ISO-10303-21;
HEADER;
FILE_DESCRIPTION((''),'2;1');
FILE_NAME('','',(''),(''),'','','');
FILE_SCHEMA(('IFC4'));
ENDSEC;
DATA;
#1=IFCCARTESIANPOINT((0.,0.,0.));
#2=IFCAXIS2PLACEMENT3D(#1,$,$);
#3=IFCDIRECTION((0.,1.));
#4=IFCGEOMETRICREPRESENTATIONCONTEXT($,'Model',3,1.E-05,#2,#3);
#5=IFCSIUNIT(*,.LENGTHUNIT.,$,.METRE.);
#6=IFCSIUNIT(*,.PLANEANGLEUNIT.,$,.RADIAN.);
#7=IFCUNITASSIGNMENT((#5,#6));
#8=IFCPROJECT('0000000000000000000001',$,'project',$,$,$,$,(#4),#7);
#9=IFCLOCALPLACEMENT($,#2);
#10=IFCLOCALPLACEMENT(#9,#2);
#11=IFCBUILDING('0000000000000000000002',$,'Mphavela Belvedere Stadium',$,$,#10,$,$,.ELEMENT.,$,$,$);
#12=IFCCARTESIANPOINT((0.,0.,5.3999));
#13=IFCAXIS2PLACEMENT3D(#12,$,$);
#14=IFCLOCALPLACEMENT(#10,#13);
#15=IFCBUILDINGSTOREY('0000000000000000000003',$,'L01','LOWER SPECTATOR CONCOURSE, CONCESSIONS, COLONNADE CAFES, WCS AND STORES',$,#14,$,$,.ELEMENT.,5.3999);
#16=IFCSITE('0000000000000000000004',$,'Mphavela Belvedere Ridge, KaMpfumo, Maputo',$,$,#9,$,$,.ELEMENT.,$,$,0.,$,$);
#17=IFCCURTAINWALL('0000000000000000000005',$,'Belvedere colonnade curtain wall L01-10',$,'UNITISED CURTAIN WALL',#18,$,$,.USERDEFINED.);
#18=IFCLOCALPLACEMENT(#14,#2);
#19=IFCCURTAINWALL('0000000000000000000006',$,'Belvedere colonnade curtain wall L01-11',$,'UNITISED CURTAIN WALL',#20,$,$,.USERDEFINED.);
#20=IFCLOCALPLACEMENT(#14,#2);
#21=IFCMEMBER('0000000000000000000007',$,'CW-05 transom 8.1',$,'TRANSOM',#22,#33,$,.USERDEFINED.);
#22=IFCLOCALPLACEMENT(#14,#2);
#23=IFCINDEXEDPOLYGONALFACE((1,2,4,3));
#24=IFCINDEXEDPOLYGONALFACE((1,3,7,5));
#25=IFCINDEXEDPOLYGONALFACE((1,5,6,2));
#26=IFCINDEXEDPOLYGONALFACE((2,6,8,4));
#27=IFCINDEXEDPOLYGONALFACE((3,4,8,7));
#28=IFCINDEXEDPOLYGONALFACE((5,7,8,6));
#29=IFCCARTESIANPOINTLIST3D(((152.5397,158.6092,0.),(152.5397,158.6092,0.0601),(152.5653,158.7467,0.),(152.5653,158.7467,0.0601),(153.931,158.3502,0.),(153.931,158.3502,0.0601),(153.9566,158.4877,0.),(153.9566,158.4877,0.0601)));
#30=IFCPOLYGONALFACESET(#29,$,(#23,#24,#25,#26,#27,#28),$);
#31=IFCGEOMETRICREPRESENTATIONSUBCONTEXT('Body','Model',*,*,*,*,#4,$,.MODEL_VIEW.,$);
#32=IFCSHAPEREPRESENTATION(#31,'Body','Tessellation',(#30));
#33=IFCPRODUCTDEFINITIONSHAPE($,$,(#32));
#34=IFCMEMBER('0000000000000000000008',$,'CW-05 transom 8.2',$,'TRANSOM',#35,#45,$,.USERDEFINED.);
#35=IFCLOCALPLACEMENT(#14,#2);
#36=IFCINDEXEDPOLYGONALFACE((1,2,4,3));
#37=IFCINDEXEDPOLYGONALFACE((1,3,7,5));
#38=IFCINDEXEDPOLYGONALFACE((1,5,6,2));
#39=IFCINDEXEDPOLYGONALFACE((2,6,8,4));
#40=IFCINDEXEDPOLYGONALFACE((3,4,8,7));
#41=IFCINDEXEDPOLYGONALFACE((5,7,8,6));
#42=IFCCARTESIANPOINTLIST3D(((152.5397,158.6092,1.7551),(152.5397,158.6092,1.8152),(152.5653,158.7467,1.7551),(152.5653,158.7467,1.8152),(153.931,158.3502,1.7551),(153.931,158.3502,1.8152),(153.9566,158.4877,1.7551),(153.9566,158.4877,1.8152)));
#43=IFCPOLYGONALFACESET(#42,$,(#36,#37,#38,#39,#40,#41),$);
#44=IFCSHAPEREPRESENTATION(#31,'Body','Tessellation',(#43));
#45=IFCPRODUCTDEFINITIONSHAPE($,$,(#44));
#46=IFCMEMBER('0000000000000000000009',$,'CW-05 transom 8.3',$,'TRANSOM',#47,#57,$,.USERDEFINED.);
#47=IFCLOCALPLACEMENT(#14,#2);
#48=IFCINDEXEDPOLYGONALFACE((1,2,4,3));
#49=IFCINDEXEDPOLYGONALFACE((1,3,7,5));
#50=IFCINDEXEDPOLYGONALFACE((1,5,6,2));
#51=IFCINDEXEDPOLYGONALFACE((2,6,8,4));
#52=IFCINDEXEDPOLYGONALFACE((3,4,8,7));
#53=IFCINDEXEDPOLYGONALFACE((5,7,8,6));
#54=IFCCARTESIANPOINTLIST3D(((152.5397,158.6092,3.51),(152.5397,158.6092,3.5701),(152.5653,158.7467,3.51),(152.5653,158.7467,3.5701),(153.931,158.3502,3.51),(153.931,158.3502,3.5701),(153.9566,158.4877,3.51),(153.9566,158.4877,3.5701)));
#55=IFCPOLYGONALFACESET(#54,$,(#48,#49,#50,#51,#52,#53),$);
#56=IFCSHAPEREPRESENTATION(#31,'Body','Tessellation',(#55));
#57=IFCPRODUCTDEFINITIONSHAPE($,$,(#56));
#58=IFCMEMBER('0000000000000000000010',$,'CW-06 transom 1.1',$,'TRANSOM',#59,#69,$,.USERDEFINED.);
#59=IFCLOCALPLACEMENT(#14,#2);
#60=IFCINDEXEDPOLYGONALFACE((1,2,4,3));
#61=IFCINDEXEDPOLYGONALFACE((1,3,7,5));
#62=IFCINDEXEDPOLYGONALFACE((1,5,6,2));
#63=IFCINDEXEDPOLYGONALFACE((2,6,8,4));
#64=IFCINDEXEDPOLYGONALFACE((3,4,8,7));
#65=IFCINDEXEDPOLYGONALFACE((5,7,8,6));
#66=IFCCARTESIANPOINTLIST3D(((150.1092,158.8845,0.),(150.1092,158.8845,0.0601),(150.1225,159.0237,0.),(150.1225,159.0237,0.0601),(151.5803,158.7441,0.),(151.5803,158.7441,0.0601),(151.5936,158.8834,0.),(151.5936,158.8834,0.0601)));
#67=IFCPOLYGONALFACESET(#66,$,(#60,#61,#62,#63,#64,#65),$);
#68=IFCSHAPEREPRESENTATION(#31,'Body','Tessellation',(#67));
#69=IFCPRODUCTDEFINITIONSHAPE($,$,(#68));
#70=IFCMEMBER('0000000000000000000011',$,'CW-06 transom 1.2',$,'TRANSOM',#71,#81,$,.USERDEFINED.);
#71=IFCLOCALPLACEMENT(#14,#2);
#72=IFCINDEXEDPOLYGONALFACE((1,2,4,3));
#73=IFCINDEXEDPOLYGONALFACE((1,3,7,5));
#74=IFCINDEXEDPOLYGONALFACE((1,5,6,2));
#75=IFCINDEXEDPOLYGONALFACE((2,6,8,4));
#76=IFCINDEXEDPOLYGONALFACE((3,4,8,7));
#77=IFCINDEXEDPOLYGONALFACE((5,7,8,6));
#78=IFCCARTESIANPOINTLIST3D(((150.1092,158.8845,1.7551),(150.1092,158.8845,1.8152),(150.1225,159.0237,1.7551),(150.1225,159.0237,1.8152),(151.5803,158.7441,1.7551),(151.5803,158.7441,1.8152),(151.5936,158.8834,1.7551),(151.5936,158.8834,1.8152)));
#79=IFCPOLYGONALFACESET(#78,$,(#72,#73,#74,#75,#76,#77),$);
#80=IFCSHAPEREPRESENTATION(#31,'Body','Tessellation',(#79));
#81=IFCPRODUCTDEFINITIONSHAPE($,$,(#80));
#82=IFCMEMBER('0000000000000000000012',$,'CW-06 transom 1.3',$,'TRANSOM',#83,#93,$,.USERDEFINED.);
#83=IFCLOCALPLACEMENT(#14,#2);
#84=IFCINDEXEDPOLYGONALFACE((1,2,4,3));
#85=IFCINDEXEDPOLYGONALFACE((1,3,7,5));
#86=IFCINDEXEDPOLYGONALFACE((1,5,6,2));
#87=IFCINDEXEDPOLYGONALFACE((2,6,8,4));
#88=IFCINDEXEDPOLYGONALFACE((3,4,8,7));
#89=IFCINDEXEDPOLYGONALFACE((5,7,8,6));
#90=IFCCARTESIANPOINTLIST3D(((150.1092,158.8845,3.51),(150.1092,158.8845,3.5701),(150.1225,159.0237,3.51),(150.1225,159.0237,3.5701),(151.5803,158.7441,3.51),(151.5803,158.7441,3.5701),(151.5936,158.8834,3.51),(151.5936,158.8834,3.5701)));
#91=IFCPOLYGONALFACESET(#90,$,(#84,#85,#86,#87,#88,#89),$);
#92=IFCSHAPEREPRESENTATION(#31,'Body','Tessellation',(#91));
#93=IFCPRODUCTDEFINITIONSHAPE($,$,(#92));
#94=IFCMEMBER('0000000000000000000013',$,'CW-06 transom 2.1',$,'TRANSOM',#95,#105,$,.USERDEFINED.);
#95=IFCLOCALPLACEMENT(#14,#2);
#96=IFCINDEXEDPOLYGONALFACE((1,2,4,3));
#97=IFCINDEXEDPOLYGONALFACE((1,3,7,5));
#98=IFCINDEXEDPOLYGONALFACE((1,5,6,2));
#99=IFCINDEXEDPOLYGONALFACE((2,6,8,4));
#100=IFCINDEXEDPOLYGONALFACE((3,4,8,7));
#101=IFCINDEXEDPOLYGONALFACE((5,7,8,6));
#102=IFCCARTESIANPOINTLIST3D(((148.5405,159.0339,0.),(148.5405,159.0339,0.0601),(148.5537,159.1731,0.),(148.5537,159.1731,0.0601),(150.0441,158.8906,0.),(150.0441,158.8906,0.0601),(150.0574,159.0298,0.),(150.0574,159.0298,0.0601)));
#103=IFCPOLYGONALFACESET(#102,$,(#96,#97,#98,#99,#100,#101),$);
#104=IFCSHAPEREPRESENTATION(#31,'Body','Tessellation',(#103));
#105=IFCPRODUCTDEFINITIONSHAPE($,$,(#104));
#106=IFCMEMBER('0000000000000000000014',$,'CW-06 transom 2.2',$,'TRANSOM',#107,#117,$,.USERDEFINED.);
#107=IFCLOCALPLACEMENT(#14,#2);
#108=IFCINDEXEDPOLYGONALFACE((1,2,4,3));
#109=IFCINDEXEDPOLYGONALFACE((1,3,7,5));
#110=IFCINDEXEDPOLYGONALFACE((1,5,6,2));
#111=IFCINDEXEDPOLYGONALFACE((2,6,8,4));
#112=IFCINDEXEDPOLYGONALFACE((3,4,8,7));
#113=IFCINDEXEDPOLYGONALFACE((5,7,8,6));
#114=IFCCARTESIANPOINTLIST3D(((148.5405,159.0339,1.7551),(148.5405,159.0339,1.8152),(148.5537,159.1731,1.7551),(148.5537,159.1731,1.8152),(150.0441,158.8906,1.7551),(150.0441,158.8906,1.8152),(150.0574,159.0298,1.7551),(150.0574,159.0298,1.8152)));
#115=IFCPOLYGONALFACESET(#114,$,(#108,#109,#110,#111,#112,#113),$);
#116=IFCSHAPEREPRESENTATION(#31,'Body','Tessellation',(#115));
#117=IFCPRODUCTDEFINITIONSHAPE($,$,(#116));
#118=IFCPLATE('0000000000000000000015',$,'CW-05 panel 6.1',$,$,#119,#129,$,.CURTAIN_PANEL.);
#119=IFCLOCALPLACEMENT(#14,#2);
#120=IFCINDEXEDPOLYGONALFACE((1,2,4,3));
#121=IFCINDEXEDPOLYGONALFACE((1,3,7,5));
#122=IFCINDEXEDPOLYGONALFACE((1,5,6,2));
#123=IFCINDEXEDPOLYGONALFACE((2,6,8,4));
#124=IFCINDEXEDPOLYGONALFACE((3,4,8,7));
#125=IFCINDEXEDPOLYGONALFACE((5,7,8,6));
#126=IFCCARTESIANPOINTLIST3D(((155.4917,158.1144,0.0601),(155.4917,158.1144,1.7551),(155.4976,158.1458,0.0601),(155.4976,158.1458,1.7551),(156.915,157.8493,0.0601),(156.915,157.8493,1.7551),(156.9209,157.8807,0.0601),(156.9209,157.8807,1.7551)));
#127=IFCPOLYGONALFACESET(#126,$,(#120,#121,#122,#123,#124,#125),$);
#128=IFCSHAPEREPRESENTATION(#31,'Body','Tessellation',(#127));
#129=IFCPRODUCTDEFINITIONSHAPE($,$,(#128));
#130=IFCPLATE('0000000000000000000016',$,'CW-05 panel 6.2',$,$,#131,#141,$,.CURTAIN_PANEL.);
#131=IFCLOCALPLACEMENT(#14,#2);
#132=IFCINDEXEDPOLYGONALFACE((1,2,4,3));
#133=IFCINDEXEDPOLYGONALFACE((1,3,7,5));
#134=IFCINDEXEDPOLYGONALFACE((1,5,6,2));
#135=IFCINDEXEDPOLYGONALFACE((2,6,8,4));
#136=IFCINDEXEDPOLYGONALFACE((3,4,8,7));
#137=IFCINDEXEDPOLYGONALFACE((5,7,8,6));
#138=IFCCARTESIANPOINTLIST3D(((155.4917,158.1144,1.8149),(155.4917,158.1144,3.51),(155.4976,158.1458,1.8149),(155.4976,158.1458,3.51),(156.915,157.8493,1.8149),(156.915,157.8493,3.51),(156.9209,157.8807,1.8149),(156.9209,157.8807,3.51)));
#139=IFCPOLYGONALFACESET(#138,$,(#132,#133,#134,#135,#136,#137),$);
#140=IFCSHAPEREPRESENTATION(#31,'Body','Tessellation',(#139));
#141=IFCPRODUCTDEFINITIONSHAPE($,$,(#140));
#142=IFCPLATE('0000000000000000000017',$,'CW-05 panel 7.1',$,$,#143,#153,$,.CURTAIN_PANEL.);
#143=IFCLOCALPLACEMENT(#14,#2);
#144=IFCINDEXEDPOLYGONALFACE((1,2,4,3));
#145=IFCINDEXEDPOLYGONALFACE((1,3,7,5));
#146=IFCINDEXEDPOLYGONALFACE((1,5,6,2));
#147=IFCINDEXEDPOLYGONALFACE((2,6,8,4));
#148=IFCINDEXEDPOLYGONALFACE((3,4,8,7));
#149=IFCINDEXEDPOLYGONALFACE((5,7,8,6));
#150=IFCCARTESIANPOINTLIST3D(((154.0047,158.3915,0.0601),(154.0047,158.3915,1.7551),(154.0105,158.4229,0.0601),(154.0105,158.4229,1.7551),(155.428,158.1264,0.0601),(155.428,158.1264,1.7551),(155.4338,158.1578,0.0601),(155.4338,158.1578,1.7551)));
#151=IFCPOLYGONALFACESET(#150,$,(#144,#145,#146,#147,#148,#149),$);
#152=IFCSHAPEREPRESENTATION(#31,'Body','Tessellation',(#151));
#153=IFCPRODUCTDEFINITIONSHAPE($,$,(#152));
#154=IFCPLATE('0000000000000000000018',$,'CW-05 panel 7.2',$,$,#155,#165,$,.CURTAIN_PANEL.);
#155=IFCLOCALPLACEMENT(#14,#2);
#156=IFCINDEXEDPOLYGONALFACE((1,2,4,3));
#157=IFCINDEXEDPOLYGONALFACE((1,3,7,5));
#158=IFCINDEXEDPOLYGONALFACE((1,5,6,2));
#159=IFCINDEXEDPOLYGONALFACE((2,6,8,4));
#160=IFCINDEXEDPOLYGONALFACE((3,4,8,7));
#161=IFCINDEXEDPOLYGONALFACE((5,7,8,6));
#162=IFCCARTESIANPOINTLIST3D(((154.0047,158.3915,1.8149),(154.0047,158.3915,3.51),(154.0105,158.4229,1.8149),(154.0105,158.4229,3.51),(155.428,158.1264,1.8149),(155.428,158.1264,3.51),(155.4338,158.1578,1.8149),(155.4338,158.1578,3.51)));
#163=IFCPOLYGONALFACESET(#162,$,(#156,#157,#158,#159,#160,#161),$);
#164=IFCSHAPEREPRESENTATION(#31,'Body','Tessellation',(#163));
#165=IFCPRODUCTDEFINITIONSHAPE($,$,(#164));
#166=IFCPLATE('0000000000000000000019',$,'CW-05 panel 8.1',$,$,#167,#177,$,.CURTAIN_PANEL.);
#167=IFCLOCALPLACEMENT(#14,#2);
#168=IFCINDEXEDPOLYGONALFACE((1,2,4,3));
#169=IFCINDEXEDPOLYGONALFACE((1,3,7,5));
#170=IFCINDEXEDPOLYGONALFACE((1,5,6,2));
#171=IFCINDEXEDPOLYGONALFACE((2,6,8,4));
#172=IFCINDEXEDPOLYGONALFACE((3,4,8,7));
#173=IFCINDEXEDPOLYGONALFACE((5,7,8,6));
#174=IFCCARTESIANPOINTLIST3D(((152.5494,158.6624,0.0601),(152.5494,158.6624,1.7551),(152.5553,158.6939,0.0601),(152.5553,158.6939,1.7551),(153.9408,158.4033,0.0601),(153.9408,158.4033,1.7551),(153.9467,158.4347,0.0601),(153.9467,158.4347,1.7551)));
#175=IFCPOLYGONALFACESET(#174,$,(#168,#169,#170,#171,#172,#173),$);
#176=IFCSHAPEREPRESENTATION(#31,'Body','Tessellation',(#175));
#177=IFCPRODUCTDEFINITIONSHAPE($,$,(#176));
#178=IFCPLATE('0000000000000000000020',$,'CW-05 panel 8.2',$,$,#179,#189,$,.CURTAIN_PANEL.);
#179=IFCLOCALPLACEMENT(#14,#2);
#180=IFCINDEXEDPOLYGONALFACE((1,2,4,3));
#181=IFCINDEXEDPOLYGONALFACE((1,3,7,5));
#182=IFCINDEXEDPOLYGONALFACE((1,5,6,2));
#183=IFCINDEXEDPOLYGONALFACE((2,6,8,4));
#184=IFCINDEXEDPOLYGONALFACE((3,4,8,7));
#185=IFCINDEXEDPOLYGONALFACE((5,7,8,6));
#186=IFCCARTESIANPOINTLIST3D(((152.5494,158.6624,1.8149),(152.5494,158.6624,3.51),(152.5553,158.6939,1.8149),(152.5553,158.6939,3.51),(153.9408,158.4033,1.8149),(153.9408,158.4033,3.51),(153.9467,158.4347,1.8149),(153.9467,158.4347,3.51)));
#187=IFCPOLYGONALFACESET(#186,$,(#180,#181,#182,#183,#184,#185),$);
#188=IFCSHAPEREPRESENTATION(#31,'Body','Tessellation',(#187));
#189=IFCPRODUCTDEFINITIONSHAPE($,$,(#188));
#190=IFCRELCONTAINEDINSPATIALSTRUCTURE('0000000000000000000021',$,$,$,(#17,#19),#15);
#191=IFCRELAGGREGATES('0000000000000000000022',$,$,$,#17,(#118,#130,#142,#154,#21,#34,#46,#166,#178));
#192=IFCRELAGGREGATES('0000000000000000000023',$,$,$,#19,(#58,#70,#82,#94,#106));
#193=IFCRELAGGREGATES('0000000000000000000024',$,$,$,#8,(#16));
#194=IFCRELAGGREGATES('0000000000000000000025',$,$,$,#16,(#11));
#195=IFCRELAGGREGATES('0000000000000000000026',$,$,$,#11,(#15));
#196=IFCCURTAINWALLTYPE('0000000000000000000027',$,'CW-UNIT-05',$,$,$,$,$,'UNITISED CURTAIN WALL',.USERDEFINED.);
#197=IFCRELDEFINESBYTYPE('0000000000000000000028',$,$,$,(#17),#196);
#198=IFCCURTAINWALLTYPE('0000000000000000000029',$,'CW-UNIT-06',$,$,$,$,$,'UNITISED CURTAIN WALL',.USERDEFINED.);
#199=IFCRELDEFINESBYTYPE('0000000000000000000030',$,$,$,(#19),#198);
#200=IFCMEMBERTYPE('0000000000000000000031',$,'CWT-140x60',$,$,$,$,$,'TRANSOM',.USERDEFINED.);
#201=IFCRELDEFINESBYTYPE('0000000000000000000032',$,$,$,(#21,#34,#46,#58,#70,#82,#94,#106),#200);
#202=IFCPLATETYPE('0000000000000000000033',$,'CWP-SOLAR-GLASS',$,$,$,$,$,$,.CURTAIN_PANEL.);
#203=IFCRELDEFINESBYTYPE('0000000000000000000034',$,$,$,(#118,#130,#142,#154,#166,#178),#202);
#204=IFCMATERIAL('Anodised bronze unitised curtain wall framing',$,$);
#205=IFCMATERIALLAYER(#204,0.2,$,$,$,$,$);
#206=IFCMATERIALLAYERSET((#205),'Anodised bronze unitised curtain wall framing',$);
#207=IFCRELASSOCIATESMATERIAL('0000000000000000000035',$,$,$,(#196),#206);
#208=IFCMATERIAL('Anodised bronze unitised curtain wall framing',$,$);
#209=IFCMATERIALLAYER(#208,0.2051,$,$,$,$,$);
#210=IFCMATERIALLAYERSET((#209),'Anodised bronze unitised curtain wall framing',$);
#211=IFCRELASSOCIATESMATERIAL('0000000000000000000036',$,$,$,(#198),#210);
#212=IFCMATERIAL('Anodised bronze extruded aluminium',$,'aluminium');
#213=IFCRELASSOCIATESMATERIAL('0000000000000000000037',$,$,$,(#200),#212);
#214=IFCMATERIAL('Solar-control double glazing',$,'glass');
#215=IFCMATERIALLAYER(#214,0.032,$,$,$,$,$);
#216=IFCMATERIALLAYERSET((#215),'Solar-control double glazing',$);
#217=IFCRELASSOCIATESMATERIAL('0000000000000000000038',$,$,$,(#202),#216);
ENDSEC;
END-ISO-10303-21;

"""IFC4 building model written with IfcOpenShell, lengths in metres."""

from ifc_helpers import new_model, si_unit, direction, frame, origin, origin_2d, place, context, subcontext, project, spatial, rectangle, extrude, material, layer, layer_set, material_profile, profile_set, type_object, element, aggregate, save


model = new_model("IFC4")

# Units and contexts
model_context = context("Model", 3, precision=1e-05, world=origin(), true_north=direction((0.0, 1.0)))
body_context = subcontext(model_context, "Body", "Model", "MODEL_VIEW")
ifc_project = project(units=[si_unit("LENGTHUNIT", "METRE"), si_unit("PLANEANGLEUNIT", "RADIAN")], contexts=[model_context])

# Site, building, storey
site_placement = place(None, origin())
site = spatial("IfcSite", under=ifc_project, at=site_placement, Name="Mphavela Belvedere Ridge, KaMpfumo, Maputo", CompositionType="ELEMENT", RefElevation=0.0)
building_placement = place(site_placement, origin())
building = spatial("IfcBuilding", under=site, at=building_placement, Name="Mphavela Belvedere Stadium", CompositionType="ELEMENT")
storey_placement = place(building_placement, frame((0.0, 0.0, 5.3999)))
storey = spatial("IfcBuildingStorey", under=building, at=storey_placement, Name="L01", Description="LOWER SPECTATOR CONCOURSE, CONCESSIONS, COLONNADE CAFES, WCS AND STORES", CompositionType="ELEMENT", Elevation=5.3999)

# Curtain walls
ifc_material_1 = material(Name="Anodised bronze unitised curtain wall framing")
ifc_layer_1 = layer(ifc_material_1, 0.2)
ifc_layer_set_1 = layer_set([ifc_layer_1], Name="Anodised bronze unitised curtain wall framing")
curtain_wall_type_1 = type_object("IfcCurtainWallType", Name="CW-UNIT-05", ElementType="UNITISED CURTAIN WALL", PredefinedType="USERDEFINED", material=ifc_layer_set_1)
curtain_wall_1_placement = place(storey_placement, origin())
curtain_wall_1 = element("IfcCurtainWall", 1, at=curtain_wall_1_placement, inside=storey, type_object=curtain_wall_type_1, Name="Belvedere colonnade curtain wall L01-10", ObjectType="UNITISED CURTAIN WALL", PredefinedType="USERDEFINED")
ifc_material_2 = material(Name="Anodised bronze unitised curtain wall framing")
ifc_layer_2 = layer(ifc_material_2, 0.2051)
ifc_layer_set_2 = layer_set([ifc_layer_2], Name="Anodised bronze unitised curtain wall framing")
curtain_wall_type_2 = type_object("IfcCurtainWallType", Name="CW-UNIT-06", ElementType="UNITISED CURTAIN WALL", PredefinedType="USERDEFINED", material=ifc_layer_set_2)
curtain_wall_2_placement = place(storey_placement, origin())
curtain_wall_2 = element("IfcCurtainWall", 2, at=curtain_wall_2_placement, inside=storey, type_object=curtain_wall_type_2, Name="Belvedere colonnade curtain wall L01-11", ObjectType="UNITISED CURTAIN WALL", PredefinedType="USERDEFINED")

# Members
ifc_material_3 = material(Name="Anodised bronze extruded aluminium", Category="aluminium")
ifc_material_profile_1 = material_profile(ifc_material_3, rectangle(XDim=0.1399, YDim=0.0601, at=origin_2d()), Name="CW-TRN 140x60")
ifc_profile_set_1 = profile_set([ifc_material_profile_1], Name="Anodised bronze extruded aluminium")
member_type_1 = type_object("IfcMemberType", Name="CWT-140x60", ElementType="TRANSOM", PredefinedType="USERDEFINED", material=ifc_profile_set_1)
member_1_placement = place(storey_placement, frame((153.9438, 158.4189, 0.03), z_axis=(-0.983108, 0.183028, 0.0), x_axis=(-0.183028, -0.983108, 0.0)))
member_1 = element("IfcMember", 3, at=member_1_placement, type_object=member_type_1, Name="CW-05 transom 8.1", ObjectType="TRANSOM", PredefinedType="USERDEFINED", context=body_context, shape_type="SweptSolid", body=[
    extrude(rectangle(XDim=0.1399, YDim=0.0601, at=origin_2d()), origin(), (0.0, 0.0, 1.0), 1.4153),
])
member_2_placement = place(storey_placement, frame((153.9438, 158.4189, 1.7852), z_axis=(-0.983108, 0.183028, 0.0), x_axis=(-0.183028, -0.983108, 0.0)))
member_2 = element("IfcMember", 4, at=member_2_placement, type_object=member_type_1, Name="CW-05 transom 8.2", ObjectType="TRANSOM", PredefinedType="USERDEFINED", context=body_context, shape_type="SweptSolid", body=[
    extrude(rectangle(XDim=0.1399, YDim=0.0601, at=origin_2d()), origin(), (0.0, 0.0, 1.0), 1.4153),
])
member_3_placement = place(storey_placement, frame((153.9438, 158.4189, 3.54), z_axis=(-0.983108, 0.183028, 0.0), x_axis=(-0.183028, -0.983108, 0.0)))
member_3 = element("IfcMember", 5, at=member_3_placement, type_object=member_type_1, Name="CW-05 transom 8.3", ObjectType="TRANSOM", PredefinedType="USERDEFINED", context=body_context, shape_type="SweptSolid", body=[
    extrude(rectangle(XDim=0.1399, YDim=0.0601, at=origin_2d()), origin(), (0.0, 0.0, 1.0), 1.4153),
])
member_4_placement = place(storey_placement, frame((151.5869, 158.8137, 0.03), z_axis=(-0.995478, 0.094988, 0.0), x_axis=(-0.094988, -0.995478, 0.0)))
member_4 = element("IfcMember", 6, at=member_4_placement, type_object=member_type_1, Name="CW-06 transom 1.1", ObjectType="TRANSOM", PredefinedType="USERDEFINED", context=body_context, shape_type="SweptSolid", body=[
    extrude(rectangle(XDim=0.1399, YDim=0.0601, at=origin_2d()), origin(), (0.0, 0.0, 1.0), 1.4778),
])
member_5_placement = place(storey_placement, frame((151.5869, 158.8137, 1.7852), z_axis=(-0.995478, 0.094988, 0.0), x_axis=(-0.094988, -0.995478, 0.0)))
member_5 = element("IfcMember", 7, at=member_5_placement, type_object=member_type_1, Name="CW-06 transom 1.2", ObjectType="TRANSOM", PredefinedType="USERDEFINED", context=body_context, shape_type="SweptSolid", body=[
    extrude(rectangle(XDim=0.1399, YDim=0.0601, at=origin_2d()), origin(), (0.0, 0.0, 1.0), 1.4778),
])
member_6_placement = place(storey_placement, frame((151.5869, 158.8137, 3.54), z_axis=(-0.995478, 0.094988, 0.0), x_axis=(-0.094988, -0.995478, 0.0)))
member_6 = element("IfcMember", 8, at=member_6_placement, type_object=member_type_1, Name="CW-06 transom 1.3", ObjectType="TRANSOM", PredefinedType="USERDEFINED", context=body_context, shape_type="SweptSolid", body=[
    extrude(rectangle(XDim=0.1399, YDim=0.0601, at=origin_2d()), origin(), (0.0, 0.0, 1.0), 1.4778),
])
member_7_placement = place(storey_placement, frame((150.0508, 158.9602, 0.03), z_axis=(-0.995489, 0.094878, 0.0), x_axis=(-0.094878, -0.995489, 0.0)))
member_7 = element("IfcMember", 9, at=member_7_placement, type_object=member_type_1, Name="CW-06 transom 2.1", ObjectType="TRANSOM", PredefinedType="USERDEFINED", context=body_context, shape_type="SweptSolid", body=[
    extrude(rectangle(XDim=0.1399, YDim=0.0601, at=origin_2d()), origin(), (0.0, 0.0, 1.0), 1.5105),
])
member_8_placement = place(storey_placement, frame((150.0508, 158.9602, 1.7852), z_axis=(-0.995489, 0.094878, 0.0), x_axis=(-0.094878, -0.995489, 0.0)))
member_8 = element("IfcMember", 10, at=member_8_placement, type_object=member_type_1, Name="CW-06 transom 2.2", ObjectType="TRANSOM", PredefinedType="USERDEFINED", context=body_context, shape_type="SweptSolid", body=[
    extrude(rectangle(XDim=0.1399, YDim=0.0601, at=origin_2d()), origin(), (0.0, 0.0, 1.0), 1.5105),
])

# Plates
ifc_material_4 = material(Name="Solar-control double glazing", Category="glass")
ifc_layer_3 = layer(ifc_material_4, 0.032)
ifc_layer_set_3 = layer_set([ifc_layer_3], Name="Solar-control double glazing")
plate_type = type_object("IfcPlateType", Name="CWP-SOLAR-GLASS", PredefinedType="CURTAIN_PANEL", material=ifc_layer_set_3)
plate_1_placement = place(storey_placement, frame((156.2063, 157.9976, 0.0601), z_axis=(0.0, 0.0, 1.0), x_axis=(-0.983095, 0.183095, 0.0)))
plate_1 = element("IfcPlate", 11, at=plate_1_placement, type_object=plate_type, Name="CW-05 panel 6.1", PredefinedType="CURTAIN_PANEL", context=body_context, shape_type="SweptSolid", body=[
    extrude(rectangle(XDim=1.4478, YDim=0.032, at=origin_2d()), origin(), (0.0, 0.0, 1.0), 1.6951),
])
plate_2_placement = place(storey_placement, frame((156.2063, 157.9976, 1.8149), z_axis=(0.0, 0.0, 1.0), x_axis=(-0.983095, 0.183095, 0.0)))
plate_2 = element("IfcPlate", 12, at=plate_2_placement, type_object=plate_type, Name="CW-05 panel 6.2", PredefinedType="CURTAIN_PANEL", context=body_context, shape_type="SweptSolid", body=[
    extrude(rectangle(XDim=1.4478, YDim=0.032, at=origin_2d()), origin(), (0.0, 0.0, 1.0), 1.6951),
])
plate_3_placement = place(storey_placement, frame((154.7192, 158.2747, 0.0601), z_axis=(0.0, 0.0, 1.0), x_axis=(-0.983095, 0.183095, 0.0)))
plate_3 = element("IfcPlate", 13, at=plate_3_placement, type_object=plate_type, Name="CW-05 panel 7.1", PredefinedType="CURTAIN_PANEL", context=body_context, shape_type="SweptSolid", body=[
    extrude(rectangle(XDim=1.4478, YDim=0.032, at=origin_2d()), origin(), (0.0, 0.0, 1.0), 1.6951),
])
plate_4_placement = place(storey_placement, frame((154.7192, 158.2747, 1.8149), z_axis=(0.0, 0.0, 1.0), x_axis=(-0.983095, 0.183095, 0.0)))
plate_4 = element("IfcPlate", 14, at=plate_4_placement, type_object=plate_type, Name="CW-05 panel 7.2", PredefinedType="CURTAIN_PANEL", context=body_context, shape_type="SweptSolid", body=[
    extrude(rectangle(XDim=1.4478, YDim=0.032, at=origin_2d()), origin(), (0.0, 0.0, 1.0), 1.6951),
])
plate_5_placement = place(storey_placement, frame((153.248, 158.5486, 0.0601), z_axis=(0.0, 0.0, 1.0), x_axis=(-0.983095, 0.183095, 0.0)))
plate_5 = element("IfcPlate", 15, at=plate_5_placement, type_object=plate_type, Name="CW-05 panel 8.1", PredefinedType="CURTAIN_PANEL", context=body_context, shape_type="SweptSolid", body=[
    extrude(rectangle(XDim=1.4153, YDim=0.032, at=origin_2d()), origin(), (0.0, 0.0, 1.0), 1.6951),
])
plate_6_placement = place(storey_placement, frame((153.248, 158.5486, 1.8149), z_axis=(0.0, 0.0, 1.0), x_axis=(-0.983095, 0.183095, 0.0)))
plate_6 = element("IfcPlate", 16, at=plate_6_placement, type_object=plate_type, Name="CW-05 panel 8.2", PredefinedType="CURTAIN_PANEL", context=body_context, shape_type="SweptSolid", body=[
    extrude(rectangle(XDim=1.4153, YDim=0.032, at=origin_2d()), origin(), (0.0, 0.0, 1.0), 1.6951),
])
aggregate(curtain_wall_1, [plate_1, plate_2, plate_3, plate_4, member_1, member_2, member_3, plate_5, plate_6])
aggregate(curtain_wall_2, [member_4, member_5, member_6, member_7, member_8])

save(model, "model.ifc")
